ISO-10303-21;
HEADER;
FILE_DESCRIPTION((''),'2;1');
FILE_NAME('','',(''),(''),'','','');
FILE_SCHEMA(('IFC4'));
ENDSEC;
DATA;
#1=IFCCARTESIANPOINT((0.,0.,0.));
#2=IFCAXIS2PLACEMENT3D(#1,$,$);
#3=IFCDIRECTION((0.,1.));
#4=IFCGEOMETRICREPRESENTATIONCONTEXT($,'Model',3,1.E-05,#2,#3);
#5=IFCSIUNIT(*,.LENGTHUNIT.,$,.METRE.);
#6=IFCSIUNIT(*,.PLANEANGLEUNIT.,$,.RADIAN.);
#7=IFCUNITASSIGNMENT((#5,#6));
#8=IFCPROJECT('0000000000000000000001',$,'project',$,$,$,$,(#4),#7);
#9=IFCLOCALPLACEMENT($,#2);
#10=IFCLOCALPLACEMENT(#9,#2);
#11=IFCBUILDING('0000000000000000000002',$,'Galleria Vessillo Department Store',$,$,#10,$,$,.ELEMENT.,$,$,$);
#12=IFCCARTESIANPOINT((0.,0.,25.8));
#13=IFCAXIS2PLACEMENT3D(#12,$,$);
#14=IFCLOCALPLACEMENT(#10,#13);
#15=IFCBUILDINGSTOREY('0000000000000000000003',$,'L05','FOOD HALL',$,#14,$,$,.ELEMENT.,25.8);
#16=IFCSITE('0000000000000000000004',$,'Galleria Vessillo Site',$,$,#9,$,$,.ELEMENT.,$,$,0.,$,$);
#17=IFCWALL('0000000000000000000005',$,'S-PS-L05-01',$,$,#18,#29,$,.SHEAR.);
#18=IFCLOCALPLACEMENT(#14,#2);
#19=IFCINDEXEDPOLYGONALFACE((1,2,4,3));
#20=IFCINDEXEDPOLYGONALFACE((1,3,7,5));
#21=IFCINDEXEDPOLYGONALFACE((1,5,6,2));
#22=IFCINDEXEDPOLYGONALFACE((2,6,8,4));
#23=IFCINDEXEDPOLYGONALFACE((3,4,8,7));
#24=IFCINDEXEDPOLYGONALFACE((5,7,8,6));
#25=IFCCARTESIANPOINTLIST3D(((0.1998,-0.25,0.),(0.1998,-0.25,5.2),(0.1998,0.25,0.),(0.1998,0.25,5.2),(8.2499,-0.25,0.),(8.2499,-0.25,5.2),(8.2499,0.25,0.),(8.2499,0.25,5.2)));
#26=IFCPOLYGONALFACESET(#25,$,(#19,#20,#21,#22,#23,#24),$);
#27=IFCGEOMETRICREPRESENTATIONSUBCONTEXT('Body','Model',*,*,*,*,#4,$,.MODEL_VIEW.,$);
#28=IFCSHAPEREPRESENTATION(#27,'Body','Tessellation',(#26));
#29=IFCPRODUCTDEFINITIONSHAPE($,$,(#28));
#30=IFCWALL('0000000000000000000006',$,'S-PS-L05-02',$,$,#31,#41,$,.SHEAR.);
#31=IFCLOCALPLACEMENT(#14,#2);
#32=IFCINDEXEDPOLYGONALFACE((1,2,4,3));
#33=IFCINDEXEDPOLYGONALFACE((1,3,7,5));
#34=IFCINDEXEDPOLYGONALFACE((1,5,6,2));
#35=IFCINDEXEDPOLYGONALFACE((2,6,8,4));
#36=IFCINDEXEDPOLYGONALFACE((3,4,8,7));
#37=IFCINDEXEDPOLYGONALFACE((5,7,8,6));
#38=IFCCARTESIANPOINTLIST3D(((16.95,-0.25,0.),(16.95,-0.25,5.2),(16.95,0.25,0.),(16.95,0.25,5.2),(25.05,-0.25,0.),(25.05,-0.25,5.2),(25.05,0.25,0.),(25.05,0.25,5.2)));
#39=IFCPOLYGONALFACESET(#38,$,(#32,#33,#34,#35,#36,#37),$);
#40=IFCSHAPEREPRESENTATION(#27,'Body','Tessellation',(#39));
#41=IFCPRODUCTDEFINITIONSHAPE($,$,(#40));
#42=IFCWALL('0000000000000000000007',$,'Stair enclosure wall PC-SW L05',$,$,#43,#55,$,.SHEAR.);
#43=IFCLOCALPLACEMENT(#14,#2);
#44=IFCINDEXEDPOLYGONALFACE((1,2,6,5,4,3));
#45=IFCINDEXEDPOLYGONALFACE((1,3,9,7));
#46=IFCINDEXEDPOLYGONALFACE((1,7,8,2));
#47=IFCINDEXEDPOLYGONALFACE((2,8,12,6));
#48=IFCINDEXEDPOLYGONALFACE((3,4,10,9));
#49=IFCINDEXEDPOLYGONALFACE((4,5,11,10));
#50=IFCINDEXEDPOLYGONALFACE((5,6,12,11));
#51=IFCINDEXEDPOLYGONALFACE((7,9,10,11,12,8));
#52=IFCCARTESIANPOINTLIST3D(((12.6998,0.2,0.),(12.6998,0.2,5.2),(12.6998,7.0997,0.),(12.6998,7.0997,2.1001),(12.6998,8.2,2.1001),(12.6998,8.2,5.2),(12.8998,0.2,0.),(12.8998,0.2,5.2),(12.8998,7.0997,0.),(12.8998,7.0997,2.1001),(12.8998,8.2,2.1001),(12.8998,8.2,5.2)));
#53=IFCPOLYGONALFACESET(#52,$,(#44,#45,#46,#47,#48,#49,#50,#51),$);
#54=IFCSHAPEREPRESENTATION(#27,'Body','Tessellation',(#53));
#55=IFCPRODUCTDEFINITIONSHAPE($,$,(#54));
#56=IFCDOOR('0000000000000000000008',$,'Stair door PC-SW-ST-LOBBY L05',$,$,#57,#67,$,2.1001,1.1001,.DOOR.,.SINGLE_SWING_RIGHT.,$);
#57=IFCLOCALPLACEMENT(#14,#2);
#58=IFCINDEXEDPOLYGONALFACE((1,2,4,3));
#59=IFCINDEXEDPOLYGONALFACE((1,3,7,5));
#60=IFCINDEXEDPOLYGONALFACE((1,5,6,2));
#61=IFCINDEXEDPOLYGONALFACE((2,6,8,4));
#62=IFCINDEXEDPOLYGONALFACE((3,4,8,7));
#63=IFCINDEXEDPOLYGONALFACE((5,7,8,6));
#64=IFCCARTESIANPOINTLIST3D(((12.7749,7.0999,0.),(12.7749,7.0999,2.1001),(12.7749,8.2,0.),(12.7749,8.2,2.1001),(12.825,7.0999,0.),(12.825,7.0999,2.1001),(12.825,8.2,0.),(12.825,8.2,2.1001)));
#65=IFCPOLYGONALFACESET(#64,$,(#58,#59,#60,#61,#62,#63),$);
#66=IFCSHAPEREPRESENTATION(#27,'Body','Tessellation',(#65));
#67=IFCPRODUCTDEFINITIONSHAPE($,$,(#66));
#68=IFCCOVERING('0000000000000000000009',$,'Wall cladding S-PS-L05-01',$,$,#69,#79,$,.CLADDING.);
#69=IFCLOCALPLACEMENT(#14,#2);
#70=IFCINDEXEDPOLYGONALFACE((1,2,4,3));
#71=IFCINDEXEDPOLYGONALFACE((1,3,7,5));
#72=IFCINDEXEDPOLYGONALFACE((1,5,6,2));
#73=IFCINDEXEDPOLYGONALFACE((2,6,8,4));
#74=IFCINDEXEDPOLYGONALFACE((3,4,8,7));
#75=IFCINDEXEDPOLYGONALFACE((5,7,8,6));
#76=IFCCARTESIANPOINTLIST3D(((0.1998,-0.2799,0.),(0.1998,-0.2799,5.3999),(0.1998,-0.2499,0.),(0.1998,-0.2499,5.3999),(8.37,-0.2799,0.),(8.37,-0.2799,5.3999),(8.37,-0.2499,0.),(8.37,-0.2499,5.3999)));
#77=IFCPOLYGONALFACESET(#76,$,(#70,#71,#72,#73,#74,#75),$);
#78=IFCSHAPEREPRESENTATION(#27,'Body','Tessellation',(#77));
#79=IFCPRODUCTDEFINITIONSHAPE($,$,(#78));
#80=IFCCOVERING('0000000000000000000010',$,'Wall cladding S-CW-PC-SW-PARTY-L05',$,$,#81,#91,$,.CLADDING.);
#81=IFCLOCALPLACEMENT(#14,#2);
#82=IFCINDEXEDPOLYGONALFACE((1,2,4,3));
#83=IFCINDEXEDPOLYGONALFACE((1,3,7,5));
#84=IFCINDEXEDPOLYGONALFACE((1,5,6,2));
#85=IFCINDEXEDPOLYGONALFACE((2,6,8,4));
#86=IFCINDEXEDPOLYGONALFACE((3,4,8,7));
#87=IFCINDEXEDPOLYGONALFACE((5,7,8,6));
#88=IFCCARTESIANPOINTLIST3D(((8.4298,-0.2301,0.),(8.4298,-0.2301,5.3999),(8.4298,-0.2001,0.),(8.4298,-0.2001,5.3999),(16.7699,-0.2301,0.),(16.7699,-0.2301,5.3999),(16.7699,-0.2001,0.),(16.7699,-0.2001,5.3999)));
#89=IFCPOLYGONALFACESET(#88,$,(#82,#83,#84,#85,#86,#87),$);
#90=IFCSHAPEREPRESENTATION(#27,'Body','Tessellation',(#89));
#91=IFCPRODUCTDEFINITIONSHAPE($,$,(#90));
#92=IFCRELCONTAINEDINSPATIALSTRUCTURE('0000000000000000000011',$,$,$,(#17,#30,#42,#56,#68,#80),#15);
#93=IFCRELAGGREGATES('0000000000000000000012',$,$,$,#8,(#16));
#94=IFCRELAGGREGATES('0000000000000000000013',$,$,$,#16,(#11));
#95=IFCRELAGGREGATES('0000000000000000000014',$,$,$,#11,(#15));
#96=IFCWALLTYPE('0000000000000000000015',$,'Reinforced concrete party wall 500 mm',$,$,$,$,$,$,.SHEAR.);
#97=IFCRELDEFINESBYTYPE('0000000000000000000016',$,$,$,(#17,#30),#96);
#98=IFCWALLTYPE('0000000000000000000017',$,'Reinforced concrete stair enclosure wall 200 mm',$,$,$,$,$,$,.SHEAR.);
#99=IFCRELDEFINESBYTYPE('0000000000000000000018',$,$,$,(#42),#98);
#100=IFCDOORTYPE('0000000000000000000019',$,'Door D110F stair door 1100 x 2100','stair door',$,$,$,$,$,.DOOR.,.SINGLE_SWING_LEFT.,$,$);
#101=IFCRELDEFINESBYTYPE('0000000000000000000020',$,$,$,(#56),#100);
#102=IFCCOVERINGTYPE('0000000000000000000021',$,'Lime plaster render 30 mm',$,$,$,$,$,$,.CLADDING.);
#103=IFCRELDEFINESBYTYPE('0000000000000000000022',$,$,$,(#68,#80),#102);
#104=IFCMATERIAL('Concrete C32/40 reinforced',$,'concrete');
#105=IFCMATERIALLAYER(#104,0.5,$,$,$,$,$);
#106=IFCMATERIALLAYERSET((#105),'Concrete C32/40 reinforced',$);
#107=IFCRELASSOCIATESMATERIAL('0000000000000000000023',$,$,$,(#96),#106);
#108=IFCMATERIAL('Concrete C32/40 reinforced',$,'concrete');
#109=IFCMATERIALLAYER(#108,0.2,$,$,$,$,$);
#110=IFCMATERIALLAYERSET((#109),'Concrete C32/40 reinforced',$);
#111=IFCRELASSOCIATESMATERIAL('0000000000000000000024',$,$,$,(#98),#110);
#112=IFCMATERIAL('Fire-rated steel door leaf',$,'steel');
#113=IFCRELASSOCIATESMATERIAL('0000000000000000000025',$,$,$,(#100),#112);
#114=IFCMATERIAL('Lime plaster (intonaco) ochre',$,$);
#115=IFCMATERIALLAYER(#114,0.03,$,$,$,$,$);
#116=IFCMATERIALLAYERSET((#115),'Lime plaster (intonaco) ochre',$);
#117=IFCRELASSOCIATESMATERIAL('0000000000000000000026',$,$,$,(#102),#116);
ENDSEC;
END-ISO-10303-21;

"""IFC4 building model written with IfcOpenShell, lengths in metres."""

from ifc_helpers import new_model, si_unit, direction, frame, frame_2d, origin, origin_2d, place, context, subcontext, project, spatial, rectangle, extrude, material, layer, layer_set, type_object, element, fill, save


model = new_model("IFC4")

# Units and contexts
model_context = context("Model", 3, precision=1e-05, world=origin(), true_north=direction((0.0, 1.0)))
body_context = subcontext(model_context, "Body", "Model", "MODEL_VIEW")
ifc_project = project(units=[si_unit("LENGTHUNIT", "METRE"), si_unit("PLANEANGLEUNIT", "RADIAN")], contexts=[model_context])

# Site, building, storey
site_placement = place(None, origin())
site = spatial("IfcSite", under=ifc_project, at=site_placement, Name="Galleria Vessillo Site", CompositionType="ELEMENT", RefElevation=0.0)
building_placement = place(site_placement, origin())
building = spatial("IfcBuilding", under=site, at=building_placement, Name="Galleria Vessillo Department Store", CompositionType="ELEMENT")
storey_placement = place(building_placement, frame((0.0, 0.0, 25.8)))
storey = spatial("IfcBuildingStorey", under=building, at=storey_placement, Name="L05", Description="FOOD HALL", CompositionType="ELEMENT", Elevation=25.8)

# Walls
ifc_material_1 = material(Name="Concrete C32/40 reinforced", Category="concrete")
ifc_layer_1 = layer(ifc_material_1, 0.5)
ifc_layer_set_1 = layer_set([ifc_layer_1], Name="Concrete C32/40 reinforced")
wall_type_1 = type_object("IfcWallType", Name="Reinforced concrete party wall 500 mm", PredefinedType="SHEAR", material=ifc_layer_set_1)
wall_1_placement = place(storey_placement, frame((0.2, 0.0, 0.0), z_axis=(0.0, 0.0, 1.0), x_axis=(1.0, 0.0, 0.0)))
element("IfcWall", 1, at=wall_1_placement, inside=storey, type_object=wall_type_1, Name="S-PS-L05-01", PredefinedType="SHEAR", context=body_context, shape_type="SweptSolid", body=[
    extrude(rectangle(XDim=8.05, YDim=0.5, at=frame_2d((4.0249, 0.0))), origin(), (0.0, 0.0, 1.0), 5.2),
])
wall_2_placement = place(storey_placement, frame((16.95, 0.0, 0.0), z_axis=(0.0, 0.0, 1.0), x_axis=(1.0, 0.0, 0.0)))
element("IfcWall", 2, at=wall_2_placement, inside=storey, type_object=wall_type_1, Name="S-PS-L05-02", PredefinedType="SHEAR", context=body_context, shape_type="SweptSolid", body=[
    extrude(rectangle(XDim=8.1001, YDim=0.5, at=frame_2d((4.05, 0.0))), origin(), (0.0, 0.0, 1.0), 5.2),
])

# Wall, opening, door
ifc_material_2 = material(Name="Concrete C32/40 reinforced", Category="concrete")
ifc_layer_2 = layer(ifc_material_2, 0.2)
ifc_layer_set_2 = layer_set([ifc_layer_2], Name="Concrete C32/40 reinforced")
wall_type_2 = type_object("IfcWallType", Name="Reinforced concrete stair enclosure wall 200 mm", PredefinedType="SHEAR", material=ifc_layer_set_2)
wall_3_placement = place(storey_placement, frame((12.7998, 0.2, 0.0), z_axis=(0.0, 0.0, 1.0), x_axis=(0.0, 1.0, 0.0)))
wall_3 = element("IfcWall", 3, at=wall_3_placement, inside=storey, type_object=wall_type_2, Name="Stair enclosure wall PC-SW L05", PredefinedType="SHEAR", context=body_context, shape_type="SweptSolid", body=[
    extrude(rectangle(XDim=8.0, YDim=0.2, at=frame_2d((4.0, 0.0))), origin(), (0.0, 0.0, 1.0), 5.2),
])
opening_1_placement = place(wall_3_placement, frame((6.8999, 0.0, 0.0)))
opening_1 = element("IfcOpeningElement", 4, at=opening_1_placement, cuts=wall_3, PredefinedType="OPENING", context=body_context, shape_type="SweptSolid", body=[
    extrude(rectangle(XDim=1.1101, YDim=2.1001, at=frame_2d((0.5549, 1.05))), frame((0.0, 0.1099, 0.0), z_axis=(0.0, -1.0, 0.0), x_axis=(1.0, 0.0, 0.0)), (0.0, 0.0, 1.0), 0.22),
])
ifc_material_3 = material(Name="Fire-rated steel door leaf", Category="steel")
door_type = type_object("IfcDoorType", Name="Door D110F stair door 1100 x 2100", Description="stair door", OperationType="SINGLE_SWING_LEFT", PredefinedType="DOOR", material=ifc_material_3)
door_placement = place(opening_1_placement, origin())
door = element("IfcDoor", 5, at=door_placement, inside=storey, type_object=door_type, Name="Stair door PC-SW-ST-LOBBY L05", OperationType="SINGLE_SWING_RIGHT", OverallHeight=2.1001, OverallWidth=1.1001, PredefinedType="DOOR", context=body_context, shape_type="SweptSolid", body=[
    extrude(rectangle(XDim=1.1001, YDim=2.1001, at=frame_2d((0.55, 1.05))), frame((0.0, 0.0249, 0.0), z_axis=(0.0, -1.0, 0.0), x_axis=(1.0, 0.0, 0.0)), (0.0, 0.0, 1.0), 0.05),
])
fill(opening_1, door)

# Coverings
ifc_material_4 = material(Name="Lime plaster (intonaco) ochre")
ifc_layer_3 = layer(ifc_material_4, 0.03)
ifc_layer_set_3 = layer_set([ifc_layer_3], Name="Lime plaster (intonaco) ochre")
covering_type = type_object("IfcCoveringType", Name="Lime plaster render 30 mm", PredefinedType="CLADDING", material=ifc_layer_set_3)
covering_1_placement = place(storey_placement, frame((4.2849, -0.2649, 0.0), z_axis=(0.0, 0.0, 1.0), x_axis=(1.0, 0.0, 0.0)))
element("IfcCovering", 6, at=covering_1_placement, inside=storey, type_object=covering_type, Name="Wall cladding S-PS-L05-01", PredefinedType="CLADDING", context=body_context, shape_type="SweptSolid", body=[
    extrude(rectangle(XDim=8.1702, YDim=0.03, at=origin_2d()), origin(), (0.0, 0.0, 1.0), 5.3999),
])
covering_2_placement = place(storey_placement, frame((12.5999, -0.2151, 0.0), z_axis=(0.0, 0.0, 1.0), x_axis=(1.0, 0.0, 0.0)))
element("IfcCovering", 7, at=covering_2_placement, inside=storey, type_object=covering_type, Name="Wall cladding S-CW-PC-SW-PARTY-L05", PredefinedType="CLADDING", context=body_context, shape_type="SweptSolid", body=[
    extrude(rectangle(XDim=8.3401, YDim=0.03, at=origin_2d()), origin(), (0.0, 0.0, 1.0), 5.3999),
])

save(model, "model.ifc")
